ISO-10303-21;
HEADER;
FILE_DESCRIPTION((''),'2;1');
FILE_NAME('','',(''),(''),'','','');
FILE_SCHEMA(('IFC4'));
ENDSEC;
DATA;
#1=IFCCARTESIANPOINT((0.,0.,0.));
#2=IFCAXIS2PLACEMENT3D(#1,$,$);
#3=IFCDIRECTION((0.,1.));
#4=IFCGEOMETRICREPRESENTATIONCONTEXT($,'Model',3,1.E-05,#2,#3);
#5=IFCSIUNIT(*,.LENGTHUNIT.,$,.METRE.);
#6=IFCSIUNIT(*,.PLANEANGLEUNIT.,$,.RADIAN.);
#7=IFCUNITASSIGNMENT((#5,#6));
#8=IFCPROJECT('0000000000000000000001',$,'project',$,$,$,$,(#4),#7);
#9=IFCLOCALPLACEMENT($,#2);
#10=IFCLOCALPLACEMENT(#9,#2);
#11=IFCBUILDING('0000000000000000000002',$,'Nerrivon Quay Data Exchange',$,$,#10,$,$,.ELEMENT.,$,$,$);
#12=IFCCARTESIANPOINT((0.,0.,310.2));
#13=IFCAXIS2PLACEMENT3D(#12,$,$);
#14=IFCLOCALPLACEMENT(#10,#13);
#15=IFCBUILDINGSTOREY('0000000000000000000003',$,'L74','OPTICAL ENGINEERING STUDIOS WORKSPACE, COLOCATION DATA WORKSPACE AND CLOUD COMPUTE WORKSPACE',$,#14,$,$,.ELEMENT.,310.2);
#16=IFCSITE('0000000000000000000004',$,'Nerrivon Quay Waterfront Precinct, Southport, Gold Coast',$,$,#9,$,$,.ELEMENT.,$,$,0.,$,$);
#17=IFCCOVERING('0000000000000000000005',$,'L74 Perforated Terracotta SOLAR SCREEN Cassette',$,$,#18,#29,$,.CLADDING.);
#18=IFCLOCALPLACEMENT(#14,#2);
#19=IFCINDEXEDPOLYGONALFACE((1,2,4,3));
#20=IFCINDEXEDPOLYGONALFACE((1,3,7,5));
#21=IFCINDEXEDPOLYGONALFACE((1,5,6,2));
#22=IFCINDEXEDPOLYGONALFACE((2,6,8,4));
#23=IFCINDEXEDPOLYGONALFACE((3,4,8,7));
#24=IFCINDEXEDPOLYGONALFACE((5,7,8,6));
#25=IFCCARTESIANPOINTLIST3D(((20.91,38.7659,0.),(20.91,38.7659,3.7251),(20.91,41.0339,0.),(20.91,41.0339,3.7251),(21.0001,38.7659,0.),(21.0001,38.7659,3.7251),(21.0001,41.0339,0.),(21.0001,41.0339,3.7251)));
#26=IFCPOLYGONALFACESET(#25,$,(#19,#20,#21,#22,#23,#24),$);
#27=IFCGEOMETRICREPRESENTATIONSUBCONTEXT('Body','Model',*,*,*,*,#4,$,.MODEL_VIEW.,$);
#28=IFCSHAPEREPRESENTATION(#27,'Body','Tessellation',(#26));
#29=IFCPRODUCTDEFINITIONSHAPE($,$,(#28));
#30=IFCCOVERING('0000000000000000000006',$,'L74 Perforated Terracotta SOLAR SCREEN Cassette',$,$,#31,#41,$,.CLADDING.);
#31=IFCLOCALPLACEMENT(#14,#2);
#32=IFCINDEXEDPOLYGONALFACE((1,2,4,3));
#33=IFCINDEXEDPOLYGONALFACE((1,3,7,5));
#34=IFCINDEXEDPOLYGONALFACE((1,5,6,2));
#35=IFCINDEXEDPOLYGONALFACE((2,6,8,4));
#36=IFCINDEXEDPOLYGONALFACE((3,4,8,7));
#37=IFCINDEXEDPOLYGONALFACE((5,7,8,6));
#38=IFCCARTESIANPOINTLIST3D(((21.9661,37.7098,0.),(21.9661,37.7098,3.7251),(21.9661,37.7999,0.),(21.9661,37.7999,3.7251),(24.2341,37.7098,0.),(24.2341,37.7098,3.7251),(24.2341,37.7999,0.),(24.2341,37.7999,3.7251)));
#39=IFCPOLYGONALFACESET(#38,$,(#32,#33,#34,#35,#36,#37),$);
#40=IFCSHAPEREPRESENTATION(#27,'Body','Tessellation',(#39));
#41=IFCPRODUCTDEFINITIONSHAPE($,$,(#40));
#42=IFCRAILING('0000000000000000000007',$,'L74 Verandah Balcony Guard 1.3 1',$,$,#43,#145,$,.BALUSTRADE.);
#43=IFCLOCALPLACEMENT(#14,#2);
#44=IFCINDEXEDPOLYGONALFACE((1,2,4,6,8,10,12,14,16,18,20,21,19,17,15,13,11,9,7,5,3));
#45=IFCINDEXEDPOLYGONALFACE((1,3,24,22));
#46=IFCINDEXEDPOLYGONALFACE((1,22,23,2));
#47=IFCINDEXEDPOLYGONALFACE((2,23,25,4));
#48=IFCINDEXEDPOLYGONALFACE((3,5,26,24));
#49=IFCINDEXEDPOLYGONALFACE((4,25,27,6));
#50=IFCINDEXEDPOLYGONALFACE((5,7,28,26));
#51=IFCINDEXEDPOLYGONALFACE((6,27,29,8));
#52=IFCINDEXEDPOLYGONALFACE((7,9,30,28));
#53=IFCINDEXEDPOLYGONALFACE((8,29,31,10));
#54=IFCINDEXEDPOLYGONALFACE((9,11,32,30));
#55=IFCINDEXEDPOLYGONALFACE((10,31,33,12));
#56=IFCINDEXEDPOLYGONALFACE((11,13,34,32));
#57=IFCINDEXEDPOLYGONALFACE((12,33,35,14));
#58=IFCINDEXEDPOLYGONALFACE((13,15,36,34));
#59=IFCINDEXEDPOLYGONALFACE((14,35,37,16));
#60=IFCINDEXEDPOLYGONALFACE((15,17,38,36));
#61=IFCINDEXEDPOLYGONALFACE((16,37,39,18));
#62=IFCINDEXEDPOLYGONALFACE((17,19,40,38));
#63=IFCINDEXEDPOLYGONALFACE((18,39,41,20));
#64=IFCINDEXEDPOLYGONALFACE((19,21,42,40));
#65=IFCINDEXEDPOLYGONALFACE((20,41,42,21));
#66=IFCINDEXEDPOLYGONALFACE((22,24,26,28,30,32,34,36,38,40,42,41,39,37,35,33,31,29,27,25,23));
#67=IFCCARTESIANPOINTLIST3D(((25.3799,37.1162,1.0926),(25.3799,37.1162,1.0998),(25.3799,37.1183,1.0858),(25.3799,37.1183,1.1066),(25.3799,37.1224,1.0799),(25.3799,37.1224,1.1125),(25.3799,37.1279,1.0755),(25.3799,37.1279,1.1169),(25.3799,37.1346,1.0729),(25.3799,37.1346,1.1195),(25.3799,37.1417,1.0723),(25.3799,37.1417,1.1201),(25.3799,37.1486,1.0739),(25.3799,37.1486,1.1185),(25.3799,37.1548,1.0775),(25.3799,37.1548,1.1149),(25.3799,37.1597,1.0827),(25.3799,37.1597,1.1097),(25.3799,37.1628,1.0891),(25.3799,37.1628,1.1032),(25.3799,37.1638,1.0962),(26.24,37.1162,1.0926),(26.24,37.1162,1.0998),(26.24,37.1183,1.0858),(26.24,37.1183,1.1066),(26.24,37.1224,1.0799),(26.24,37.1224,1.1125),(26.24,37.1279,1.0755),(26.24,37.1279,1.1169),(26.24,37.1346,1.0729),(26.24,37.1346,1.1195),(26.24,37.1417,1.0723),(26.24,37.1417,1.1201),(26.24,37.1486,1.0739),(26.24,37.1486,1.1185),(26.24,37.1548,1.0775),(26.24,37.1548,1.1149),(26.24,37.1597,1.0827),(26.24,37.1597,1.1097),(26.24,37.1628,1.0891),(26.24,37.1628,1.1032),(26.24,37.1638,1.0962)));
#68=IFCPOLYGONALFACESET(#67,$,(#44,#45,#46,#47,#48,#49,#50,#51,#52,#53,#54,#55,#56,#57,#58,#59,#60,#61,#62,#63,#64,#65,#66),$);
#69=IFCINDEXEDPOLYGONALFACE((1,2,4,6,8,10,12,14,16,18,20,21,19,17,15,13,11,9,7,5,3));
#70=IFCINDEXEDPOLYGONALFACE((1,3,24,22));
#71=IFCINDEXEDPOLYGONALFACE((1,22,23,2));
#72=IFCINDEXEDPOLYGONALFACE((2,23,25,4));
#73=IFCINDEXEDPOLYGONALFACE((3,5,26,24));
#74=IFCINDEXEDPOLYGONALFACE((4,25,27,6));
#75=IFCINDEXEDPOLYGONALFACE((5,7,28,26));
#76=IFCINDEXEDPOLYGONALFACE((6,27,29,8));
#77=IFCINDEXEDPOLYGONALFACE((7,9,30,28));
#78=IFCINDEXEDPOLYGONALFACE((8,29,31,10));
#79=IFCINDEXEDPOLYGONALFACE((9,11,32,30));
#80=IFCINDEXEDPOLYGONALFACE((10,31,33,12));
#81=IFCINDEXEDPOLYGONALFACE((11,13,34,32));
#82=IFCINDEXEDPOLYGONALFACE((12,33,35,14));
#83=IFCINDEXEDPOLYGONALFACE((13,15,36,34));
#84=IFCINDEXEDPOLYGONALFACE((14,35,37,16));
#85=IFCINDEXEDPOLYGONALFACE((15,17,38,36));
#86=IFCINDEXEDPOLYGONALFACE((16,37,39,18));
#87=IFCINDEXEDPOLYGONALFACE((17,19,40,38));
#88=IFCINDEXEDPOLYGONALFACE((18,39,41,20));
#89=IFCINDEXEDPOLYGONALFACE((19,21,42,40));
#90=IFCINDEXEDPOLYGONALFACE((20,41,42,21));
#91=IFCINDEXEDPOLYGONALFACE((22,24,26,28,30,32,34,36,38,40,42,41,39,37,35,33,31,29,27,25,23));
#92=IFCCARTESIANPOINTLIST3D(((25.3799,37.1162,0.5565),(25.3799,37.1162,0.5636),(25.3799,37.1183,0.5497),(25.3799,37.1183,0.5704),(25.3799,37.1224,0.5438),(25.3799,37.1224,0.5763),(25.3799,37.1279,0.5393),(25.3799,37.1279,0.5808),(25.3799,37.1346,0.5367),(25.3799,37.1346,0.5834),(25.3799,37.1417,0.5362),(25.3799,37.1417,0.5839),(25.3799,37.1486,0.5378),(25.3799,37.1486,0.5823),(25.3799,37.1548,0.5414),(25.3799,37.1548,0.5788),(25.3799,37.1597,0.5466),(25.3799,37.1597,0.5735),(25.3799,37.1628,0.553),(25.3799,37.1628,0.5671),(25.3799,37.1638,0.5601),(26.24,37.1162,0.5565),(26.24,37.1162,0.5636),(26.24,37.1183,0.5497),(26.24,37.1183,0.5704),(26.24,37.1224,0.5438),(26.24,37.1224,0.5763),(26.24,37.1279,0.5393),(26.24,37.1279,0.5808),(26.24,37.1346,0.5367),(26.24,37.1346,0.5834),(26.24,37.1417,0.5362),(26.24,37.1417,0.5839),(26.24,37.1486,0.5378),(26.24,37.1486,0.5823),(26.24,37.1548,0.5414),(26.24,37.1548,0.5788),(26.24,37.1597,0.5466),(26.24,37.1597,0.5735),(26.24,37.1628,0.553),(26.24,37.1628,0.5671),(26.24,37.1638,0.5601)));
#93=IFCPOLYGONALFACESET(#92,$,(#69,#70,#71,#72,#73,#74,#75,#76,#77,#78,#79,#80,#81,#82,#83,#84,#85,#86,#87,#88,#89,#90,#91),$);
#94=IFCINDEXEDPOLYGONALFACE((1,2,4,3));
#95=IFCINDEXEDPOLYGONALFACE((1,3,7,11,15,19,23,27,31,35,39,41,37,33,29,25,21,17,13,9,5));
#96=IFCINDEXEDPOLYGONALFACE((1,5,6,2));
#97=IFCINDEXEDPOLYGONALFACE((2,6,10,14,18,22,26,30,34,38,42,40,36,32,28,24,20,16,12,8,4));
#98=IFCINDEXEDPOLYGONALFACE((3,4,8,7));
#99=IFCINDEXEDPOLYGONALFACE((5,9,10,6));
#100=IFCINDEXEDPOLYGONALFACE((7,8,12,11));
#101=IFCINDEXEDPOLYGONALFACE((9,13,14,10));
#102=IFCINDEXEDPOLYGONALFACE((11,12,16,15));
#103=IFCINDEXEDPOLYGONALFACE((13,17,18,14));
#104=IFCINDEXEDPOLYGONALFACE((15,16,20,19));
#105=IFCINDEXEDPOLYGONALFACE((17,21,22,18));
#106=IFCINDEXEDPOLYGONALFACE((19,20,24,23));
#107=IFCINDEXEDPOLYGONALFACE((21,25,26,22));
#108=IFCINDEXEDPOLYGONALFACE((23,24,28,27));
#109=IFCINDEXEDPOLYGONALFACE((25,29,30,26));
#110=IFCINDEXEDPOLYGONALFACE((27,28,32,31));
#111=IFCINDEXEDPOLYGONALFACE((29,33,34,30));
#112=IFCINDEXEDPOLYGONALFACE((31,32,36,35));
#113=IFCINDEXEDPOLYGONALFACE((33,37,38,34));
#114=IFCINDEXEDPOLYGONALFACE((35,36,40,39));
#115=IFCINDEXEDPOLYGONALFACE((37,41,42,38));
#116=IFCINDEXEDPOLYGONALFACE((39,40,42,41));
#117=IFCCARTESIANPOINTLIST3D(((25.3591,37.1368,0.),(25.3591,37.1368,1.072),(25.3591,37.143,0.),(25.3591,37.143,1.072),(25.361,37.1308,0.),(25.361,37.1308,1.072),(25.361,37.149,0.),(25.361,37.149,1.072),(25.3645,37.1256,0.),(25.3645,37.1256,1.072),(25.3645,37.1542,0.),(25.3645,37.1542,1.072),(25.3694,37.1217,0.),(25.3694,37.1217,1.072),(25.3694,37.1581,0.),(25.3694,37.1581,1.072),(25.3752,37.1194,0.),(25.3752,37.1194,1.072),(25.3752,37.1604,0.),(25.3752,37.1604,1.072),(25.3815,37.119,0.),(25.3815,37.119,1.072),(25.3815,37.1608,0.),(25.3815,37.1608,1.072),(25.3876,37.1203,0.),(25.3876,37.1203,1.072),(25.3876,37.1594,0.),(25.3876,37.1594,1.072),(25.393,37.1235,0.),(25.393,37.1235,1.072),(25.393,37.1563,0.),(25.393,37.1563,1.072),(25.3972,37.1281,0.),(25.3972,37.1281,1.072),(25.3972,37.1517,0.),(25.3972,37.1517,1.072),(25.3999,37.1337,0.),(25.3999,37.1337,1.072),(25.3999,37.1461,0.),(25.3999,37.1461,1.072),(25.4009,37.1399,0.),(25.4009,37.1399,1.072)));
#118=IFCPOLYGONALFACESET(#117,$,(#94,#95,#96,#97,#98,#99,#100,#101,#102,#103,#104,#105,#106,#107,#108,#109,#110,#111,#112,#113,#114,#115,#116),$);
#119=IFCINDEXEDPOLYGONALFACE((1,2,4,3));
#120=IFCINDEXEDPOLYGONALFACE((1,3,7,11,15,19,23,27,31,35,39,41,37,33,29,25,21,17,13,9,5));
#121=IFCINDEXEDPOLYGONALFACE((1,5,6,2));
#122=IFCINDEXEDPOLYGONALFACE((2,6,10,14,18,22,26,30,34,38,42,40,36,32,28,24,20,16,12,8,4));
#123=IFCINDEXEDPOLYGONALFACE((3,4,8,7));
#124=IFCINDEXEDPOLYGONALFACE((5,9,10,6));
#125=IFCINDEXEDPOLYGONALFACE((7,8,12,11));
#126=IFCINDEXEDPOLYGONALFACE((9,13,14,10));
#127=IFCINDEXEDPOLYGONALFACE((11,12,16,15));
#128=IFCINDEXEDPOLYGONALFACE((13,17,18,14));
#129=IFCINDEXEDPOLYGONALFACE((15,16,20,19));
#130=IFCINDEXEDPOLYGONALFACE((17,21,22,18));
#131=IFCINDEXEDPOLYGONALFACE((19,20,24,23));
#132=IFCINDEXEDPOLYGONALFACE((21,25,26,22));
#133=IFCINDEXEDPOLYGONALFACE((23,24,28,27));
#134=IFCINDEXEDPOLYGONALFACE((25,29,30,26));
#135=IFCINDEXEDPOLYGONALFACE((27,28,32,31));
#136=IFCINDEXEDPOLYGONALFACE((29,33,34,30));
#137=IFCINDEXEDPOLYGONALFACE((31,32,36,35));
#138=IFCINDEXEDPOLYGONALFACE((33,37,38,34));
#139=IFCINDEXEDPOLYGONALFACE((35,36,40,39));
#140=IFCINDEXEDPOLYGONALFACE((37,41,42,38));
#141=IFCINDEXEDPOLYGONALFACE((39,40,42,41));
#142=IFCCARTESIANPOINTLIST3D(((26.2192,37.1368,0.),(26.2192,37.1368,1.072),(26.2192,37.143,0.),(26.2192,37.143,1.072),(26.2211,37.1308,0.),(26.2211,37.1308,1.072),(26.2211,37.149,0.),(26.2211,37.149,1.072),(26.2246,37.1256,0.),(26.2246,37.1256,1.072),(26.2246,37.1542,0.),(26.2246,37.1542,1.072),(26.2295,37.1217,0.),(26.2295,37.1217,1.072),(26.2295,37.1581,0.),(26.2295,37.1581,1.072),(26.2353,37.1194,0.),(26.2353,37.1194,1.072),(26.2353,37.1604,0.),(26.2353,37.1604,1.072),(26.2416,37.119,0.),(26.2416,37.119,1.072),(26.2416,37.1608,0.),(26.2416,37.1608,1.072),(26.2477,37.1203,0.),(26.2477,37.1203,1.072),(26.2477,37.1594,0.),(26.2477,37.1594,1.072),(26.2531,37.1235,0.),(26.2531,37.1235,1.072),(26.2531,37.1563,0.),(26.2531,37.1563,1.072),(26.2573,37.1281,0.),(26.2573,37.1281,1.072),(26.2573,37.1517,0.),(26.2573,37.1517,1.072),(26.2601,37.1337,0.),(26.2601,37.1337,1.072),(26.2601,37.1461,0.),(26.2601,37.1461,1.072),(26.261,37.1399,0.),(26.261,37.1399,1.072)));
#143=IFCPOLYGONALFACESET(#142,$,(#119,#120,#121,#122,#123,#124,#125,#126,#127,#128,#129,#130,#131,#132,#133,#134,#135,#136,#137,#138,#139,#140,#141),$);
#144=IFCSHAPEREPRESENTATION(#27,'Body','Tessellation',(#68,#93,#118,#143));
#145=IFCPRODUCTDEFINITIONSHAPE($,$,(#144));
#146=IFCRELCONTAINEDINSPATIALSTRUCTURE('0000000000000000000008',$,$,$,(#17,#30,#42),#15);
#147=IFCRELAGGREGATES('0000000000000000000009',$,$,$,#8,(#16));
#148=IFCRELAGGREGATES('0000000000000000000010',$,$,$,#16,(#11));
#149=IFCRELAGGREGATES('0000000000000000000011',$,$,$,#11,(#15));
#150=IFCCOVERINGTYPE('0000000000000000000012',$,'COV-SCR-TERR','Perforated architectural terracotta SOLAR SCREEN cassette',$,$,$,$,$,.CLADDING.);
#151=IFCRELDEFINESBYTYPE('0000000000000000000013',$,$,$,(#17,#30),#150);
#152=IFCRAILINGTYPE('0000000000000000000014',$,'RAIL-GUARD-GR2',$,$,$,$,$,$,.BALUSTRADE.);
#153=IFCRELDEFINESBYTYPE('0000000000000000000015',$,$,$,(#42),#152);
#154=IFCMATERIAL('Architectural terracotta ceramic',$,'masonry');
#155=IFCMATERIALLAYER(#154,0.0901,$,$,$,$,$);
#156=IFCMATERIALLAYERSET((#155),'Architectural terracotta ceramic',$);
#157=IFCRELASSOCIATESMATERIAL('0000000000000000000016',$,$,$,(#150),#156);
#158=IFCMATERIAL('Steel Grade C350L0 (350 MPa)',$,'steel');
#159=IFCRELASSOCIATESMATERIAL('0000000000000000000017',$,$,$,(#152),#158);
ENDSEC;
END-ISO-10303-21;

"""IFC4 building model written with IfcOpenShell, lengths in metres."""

from ifc_helpers import new_model, si_unit, direction, frame, origin, origin_2d, place, context, subcontext, project, spatial, rectangle, circle, extrude, material, layer, layer_set, type_object, element, save


model = new_model("IFC4")

# Units and contexts
model_context = context("Model", 3, precision=1e-05, world=origin(), true_north=direction((0.0, 1.0)))
body_context = subcontext(model_context, "Body", "Model", "MODEL_VIEW")
ifc_project = project(units=[si_unit("LENGTHUNIT", "METRE"), si_unit("PLANEANGLEUNIT", "RADIAN")], contexts=[model_context])

# Site, building, storey
site_placement = place(None, origin())
site = spatial("IfcSite", under=ifc_project, at=site_placement, Name="Nerrivon Quay Waterfront Precinct, Southport, Gold Coast", CompositionType="ELEMENT", RefElevation=0.0)
building_placement = place(site_placement, origin())
building = spatial("IfcBuilding", under=site, at=building_placement, Name="Nerrivon Quay Data Exchange", CompositionType="ELEMENT")
storey_placement = place(building_placement, frame((0.0, 0.0, 310.2)))
storey = spatial("IfcBuildingStorey", under=building, at=storey_placement, Name="L74", Description="OPTICAL ENGINEERING STUDIOS WORKSPACE, COLOCATION DATA WORKSPACE AND CLOUD COMPUTE WORKSPACE", CompositionType="ELEMENT", Elevation=310.2)

# Coverings
ifc_material_1 = material(Name="Architectural terracotta ceramic", Category="masonry")
ifc_layer_1 = layer(ifc_material_1, 0.0901)
ifc_layer_set_1 = layer_set([ifc_layer_1], Name="Architectural terracotta ceramic")
covering_type = type_object("IfcCoveringType", Name="COV-SCR-TERR", Description="Perforated architectural terracotta SOLAR SCREEN cassette", PredefinedType="CLADDING", material=ifc_layer_set_1)
for number, where, z_axis, x_axis, name in (
    (1, (20.9551, 39.8999, 0.0), (0.0, 0.0, 1.0), (0.0, -1.0, 0.0), "L74 Perforated Terracotta SOLAR SCREEN Cassette"),
    (2, (23.1001, 37.7549, 0.0), (0.0, 0.0, 1.0), (1.0, 0.0, 0.0), "L74 Perforated Terracotta SOLAR SCREEN Cassette"),
):
    element("IfcCovering", number, at=place(storey_placement, frame(where, z_axis=z_axis, x_axis=x_axis)), inside=storey, type_object=covering_type, Name=name, PredefinedType="CLADDING", context=body_context, shape_type="SweptSolid", body=[
        extrude(rectangle(XDim=2.2681, YDim=0.0901, at=origin_2d()), origin(), (0.0, 0.0, 1.0), 3.7251),
    ])

# Railing
ifc_material_2 = material(Name="Steel Grade C350L0 (350 MPa)", Category="steel")
railing_type = type_object("IfcRailingType", Name="RAIL-GUARD-GR2", PredefinedType="BALUSTRADE", material=ifc_material_2)
railing_1_placement = place(storey_placement, frame((25.3799, 37.1399, 0.0)))
element("IfcRailing", 3, at=railing_1_placement, inside=storey, type_object=railing_type, Name="L74 Verandah Balcony Guard 1.3 1", PredefinedType="BALUSTRADE", context=body_context, shape_type="SweptSolid", body=[
    extrude(circle(Radius=0.0239, at=origin_2d()), frame((0.0, 0.0, 1.0962), z_axis=(1.0, 0.0, 0.0), x_axis=(0.0, 1.0, 0.0)), (0.0, 0.0, 1.0), 0.8601),
    extrude(circle(Radius=0.0239, at=origin_2d()), frame((0.0, 0.0, 0.5601), z_axis=(1.0, 0.0, 0.0), x_axis=(0.0, 1.0, 0.0)), (0.0, 0.0, 1.0), 0.8601),
    extrude(circle(Radius=0.021, at=origin_2d()), origin(), (0.0, 0.0, 1.0), 1.072),
    extrude(circle(Radius=0.021, at=origin_2d()), frame((0.8601, 0.0, 0.0)), (0.0, 0.0, 1.0), 1.072),
])

save(model, "model.ifc")
